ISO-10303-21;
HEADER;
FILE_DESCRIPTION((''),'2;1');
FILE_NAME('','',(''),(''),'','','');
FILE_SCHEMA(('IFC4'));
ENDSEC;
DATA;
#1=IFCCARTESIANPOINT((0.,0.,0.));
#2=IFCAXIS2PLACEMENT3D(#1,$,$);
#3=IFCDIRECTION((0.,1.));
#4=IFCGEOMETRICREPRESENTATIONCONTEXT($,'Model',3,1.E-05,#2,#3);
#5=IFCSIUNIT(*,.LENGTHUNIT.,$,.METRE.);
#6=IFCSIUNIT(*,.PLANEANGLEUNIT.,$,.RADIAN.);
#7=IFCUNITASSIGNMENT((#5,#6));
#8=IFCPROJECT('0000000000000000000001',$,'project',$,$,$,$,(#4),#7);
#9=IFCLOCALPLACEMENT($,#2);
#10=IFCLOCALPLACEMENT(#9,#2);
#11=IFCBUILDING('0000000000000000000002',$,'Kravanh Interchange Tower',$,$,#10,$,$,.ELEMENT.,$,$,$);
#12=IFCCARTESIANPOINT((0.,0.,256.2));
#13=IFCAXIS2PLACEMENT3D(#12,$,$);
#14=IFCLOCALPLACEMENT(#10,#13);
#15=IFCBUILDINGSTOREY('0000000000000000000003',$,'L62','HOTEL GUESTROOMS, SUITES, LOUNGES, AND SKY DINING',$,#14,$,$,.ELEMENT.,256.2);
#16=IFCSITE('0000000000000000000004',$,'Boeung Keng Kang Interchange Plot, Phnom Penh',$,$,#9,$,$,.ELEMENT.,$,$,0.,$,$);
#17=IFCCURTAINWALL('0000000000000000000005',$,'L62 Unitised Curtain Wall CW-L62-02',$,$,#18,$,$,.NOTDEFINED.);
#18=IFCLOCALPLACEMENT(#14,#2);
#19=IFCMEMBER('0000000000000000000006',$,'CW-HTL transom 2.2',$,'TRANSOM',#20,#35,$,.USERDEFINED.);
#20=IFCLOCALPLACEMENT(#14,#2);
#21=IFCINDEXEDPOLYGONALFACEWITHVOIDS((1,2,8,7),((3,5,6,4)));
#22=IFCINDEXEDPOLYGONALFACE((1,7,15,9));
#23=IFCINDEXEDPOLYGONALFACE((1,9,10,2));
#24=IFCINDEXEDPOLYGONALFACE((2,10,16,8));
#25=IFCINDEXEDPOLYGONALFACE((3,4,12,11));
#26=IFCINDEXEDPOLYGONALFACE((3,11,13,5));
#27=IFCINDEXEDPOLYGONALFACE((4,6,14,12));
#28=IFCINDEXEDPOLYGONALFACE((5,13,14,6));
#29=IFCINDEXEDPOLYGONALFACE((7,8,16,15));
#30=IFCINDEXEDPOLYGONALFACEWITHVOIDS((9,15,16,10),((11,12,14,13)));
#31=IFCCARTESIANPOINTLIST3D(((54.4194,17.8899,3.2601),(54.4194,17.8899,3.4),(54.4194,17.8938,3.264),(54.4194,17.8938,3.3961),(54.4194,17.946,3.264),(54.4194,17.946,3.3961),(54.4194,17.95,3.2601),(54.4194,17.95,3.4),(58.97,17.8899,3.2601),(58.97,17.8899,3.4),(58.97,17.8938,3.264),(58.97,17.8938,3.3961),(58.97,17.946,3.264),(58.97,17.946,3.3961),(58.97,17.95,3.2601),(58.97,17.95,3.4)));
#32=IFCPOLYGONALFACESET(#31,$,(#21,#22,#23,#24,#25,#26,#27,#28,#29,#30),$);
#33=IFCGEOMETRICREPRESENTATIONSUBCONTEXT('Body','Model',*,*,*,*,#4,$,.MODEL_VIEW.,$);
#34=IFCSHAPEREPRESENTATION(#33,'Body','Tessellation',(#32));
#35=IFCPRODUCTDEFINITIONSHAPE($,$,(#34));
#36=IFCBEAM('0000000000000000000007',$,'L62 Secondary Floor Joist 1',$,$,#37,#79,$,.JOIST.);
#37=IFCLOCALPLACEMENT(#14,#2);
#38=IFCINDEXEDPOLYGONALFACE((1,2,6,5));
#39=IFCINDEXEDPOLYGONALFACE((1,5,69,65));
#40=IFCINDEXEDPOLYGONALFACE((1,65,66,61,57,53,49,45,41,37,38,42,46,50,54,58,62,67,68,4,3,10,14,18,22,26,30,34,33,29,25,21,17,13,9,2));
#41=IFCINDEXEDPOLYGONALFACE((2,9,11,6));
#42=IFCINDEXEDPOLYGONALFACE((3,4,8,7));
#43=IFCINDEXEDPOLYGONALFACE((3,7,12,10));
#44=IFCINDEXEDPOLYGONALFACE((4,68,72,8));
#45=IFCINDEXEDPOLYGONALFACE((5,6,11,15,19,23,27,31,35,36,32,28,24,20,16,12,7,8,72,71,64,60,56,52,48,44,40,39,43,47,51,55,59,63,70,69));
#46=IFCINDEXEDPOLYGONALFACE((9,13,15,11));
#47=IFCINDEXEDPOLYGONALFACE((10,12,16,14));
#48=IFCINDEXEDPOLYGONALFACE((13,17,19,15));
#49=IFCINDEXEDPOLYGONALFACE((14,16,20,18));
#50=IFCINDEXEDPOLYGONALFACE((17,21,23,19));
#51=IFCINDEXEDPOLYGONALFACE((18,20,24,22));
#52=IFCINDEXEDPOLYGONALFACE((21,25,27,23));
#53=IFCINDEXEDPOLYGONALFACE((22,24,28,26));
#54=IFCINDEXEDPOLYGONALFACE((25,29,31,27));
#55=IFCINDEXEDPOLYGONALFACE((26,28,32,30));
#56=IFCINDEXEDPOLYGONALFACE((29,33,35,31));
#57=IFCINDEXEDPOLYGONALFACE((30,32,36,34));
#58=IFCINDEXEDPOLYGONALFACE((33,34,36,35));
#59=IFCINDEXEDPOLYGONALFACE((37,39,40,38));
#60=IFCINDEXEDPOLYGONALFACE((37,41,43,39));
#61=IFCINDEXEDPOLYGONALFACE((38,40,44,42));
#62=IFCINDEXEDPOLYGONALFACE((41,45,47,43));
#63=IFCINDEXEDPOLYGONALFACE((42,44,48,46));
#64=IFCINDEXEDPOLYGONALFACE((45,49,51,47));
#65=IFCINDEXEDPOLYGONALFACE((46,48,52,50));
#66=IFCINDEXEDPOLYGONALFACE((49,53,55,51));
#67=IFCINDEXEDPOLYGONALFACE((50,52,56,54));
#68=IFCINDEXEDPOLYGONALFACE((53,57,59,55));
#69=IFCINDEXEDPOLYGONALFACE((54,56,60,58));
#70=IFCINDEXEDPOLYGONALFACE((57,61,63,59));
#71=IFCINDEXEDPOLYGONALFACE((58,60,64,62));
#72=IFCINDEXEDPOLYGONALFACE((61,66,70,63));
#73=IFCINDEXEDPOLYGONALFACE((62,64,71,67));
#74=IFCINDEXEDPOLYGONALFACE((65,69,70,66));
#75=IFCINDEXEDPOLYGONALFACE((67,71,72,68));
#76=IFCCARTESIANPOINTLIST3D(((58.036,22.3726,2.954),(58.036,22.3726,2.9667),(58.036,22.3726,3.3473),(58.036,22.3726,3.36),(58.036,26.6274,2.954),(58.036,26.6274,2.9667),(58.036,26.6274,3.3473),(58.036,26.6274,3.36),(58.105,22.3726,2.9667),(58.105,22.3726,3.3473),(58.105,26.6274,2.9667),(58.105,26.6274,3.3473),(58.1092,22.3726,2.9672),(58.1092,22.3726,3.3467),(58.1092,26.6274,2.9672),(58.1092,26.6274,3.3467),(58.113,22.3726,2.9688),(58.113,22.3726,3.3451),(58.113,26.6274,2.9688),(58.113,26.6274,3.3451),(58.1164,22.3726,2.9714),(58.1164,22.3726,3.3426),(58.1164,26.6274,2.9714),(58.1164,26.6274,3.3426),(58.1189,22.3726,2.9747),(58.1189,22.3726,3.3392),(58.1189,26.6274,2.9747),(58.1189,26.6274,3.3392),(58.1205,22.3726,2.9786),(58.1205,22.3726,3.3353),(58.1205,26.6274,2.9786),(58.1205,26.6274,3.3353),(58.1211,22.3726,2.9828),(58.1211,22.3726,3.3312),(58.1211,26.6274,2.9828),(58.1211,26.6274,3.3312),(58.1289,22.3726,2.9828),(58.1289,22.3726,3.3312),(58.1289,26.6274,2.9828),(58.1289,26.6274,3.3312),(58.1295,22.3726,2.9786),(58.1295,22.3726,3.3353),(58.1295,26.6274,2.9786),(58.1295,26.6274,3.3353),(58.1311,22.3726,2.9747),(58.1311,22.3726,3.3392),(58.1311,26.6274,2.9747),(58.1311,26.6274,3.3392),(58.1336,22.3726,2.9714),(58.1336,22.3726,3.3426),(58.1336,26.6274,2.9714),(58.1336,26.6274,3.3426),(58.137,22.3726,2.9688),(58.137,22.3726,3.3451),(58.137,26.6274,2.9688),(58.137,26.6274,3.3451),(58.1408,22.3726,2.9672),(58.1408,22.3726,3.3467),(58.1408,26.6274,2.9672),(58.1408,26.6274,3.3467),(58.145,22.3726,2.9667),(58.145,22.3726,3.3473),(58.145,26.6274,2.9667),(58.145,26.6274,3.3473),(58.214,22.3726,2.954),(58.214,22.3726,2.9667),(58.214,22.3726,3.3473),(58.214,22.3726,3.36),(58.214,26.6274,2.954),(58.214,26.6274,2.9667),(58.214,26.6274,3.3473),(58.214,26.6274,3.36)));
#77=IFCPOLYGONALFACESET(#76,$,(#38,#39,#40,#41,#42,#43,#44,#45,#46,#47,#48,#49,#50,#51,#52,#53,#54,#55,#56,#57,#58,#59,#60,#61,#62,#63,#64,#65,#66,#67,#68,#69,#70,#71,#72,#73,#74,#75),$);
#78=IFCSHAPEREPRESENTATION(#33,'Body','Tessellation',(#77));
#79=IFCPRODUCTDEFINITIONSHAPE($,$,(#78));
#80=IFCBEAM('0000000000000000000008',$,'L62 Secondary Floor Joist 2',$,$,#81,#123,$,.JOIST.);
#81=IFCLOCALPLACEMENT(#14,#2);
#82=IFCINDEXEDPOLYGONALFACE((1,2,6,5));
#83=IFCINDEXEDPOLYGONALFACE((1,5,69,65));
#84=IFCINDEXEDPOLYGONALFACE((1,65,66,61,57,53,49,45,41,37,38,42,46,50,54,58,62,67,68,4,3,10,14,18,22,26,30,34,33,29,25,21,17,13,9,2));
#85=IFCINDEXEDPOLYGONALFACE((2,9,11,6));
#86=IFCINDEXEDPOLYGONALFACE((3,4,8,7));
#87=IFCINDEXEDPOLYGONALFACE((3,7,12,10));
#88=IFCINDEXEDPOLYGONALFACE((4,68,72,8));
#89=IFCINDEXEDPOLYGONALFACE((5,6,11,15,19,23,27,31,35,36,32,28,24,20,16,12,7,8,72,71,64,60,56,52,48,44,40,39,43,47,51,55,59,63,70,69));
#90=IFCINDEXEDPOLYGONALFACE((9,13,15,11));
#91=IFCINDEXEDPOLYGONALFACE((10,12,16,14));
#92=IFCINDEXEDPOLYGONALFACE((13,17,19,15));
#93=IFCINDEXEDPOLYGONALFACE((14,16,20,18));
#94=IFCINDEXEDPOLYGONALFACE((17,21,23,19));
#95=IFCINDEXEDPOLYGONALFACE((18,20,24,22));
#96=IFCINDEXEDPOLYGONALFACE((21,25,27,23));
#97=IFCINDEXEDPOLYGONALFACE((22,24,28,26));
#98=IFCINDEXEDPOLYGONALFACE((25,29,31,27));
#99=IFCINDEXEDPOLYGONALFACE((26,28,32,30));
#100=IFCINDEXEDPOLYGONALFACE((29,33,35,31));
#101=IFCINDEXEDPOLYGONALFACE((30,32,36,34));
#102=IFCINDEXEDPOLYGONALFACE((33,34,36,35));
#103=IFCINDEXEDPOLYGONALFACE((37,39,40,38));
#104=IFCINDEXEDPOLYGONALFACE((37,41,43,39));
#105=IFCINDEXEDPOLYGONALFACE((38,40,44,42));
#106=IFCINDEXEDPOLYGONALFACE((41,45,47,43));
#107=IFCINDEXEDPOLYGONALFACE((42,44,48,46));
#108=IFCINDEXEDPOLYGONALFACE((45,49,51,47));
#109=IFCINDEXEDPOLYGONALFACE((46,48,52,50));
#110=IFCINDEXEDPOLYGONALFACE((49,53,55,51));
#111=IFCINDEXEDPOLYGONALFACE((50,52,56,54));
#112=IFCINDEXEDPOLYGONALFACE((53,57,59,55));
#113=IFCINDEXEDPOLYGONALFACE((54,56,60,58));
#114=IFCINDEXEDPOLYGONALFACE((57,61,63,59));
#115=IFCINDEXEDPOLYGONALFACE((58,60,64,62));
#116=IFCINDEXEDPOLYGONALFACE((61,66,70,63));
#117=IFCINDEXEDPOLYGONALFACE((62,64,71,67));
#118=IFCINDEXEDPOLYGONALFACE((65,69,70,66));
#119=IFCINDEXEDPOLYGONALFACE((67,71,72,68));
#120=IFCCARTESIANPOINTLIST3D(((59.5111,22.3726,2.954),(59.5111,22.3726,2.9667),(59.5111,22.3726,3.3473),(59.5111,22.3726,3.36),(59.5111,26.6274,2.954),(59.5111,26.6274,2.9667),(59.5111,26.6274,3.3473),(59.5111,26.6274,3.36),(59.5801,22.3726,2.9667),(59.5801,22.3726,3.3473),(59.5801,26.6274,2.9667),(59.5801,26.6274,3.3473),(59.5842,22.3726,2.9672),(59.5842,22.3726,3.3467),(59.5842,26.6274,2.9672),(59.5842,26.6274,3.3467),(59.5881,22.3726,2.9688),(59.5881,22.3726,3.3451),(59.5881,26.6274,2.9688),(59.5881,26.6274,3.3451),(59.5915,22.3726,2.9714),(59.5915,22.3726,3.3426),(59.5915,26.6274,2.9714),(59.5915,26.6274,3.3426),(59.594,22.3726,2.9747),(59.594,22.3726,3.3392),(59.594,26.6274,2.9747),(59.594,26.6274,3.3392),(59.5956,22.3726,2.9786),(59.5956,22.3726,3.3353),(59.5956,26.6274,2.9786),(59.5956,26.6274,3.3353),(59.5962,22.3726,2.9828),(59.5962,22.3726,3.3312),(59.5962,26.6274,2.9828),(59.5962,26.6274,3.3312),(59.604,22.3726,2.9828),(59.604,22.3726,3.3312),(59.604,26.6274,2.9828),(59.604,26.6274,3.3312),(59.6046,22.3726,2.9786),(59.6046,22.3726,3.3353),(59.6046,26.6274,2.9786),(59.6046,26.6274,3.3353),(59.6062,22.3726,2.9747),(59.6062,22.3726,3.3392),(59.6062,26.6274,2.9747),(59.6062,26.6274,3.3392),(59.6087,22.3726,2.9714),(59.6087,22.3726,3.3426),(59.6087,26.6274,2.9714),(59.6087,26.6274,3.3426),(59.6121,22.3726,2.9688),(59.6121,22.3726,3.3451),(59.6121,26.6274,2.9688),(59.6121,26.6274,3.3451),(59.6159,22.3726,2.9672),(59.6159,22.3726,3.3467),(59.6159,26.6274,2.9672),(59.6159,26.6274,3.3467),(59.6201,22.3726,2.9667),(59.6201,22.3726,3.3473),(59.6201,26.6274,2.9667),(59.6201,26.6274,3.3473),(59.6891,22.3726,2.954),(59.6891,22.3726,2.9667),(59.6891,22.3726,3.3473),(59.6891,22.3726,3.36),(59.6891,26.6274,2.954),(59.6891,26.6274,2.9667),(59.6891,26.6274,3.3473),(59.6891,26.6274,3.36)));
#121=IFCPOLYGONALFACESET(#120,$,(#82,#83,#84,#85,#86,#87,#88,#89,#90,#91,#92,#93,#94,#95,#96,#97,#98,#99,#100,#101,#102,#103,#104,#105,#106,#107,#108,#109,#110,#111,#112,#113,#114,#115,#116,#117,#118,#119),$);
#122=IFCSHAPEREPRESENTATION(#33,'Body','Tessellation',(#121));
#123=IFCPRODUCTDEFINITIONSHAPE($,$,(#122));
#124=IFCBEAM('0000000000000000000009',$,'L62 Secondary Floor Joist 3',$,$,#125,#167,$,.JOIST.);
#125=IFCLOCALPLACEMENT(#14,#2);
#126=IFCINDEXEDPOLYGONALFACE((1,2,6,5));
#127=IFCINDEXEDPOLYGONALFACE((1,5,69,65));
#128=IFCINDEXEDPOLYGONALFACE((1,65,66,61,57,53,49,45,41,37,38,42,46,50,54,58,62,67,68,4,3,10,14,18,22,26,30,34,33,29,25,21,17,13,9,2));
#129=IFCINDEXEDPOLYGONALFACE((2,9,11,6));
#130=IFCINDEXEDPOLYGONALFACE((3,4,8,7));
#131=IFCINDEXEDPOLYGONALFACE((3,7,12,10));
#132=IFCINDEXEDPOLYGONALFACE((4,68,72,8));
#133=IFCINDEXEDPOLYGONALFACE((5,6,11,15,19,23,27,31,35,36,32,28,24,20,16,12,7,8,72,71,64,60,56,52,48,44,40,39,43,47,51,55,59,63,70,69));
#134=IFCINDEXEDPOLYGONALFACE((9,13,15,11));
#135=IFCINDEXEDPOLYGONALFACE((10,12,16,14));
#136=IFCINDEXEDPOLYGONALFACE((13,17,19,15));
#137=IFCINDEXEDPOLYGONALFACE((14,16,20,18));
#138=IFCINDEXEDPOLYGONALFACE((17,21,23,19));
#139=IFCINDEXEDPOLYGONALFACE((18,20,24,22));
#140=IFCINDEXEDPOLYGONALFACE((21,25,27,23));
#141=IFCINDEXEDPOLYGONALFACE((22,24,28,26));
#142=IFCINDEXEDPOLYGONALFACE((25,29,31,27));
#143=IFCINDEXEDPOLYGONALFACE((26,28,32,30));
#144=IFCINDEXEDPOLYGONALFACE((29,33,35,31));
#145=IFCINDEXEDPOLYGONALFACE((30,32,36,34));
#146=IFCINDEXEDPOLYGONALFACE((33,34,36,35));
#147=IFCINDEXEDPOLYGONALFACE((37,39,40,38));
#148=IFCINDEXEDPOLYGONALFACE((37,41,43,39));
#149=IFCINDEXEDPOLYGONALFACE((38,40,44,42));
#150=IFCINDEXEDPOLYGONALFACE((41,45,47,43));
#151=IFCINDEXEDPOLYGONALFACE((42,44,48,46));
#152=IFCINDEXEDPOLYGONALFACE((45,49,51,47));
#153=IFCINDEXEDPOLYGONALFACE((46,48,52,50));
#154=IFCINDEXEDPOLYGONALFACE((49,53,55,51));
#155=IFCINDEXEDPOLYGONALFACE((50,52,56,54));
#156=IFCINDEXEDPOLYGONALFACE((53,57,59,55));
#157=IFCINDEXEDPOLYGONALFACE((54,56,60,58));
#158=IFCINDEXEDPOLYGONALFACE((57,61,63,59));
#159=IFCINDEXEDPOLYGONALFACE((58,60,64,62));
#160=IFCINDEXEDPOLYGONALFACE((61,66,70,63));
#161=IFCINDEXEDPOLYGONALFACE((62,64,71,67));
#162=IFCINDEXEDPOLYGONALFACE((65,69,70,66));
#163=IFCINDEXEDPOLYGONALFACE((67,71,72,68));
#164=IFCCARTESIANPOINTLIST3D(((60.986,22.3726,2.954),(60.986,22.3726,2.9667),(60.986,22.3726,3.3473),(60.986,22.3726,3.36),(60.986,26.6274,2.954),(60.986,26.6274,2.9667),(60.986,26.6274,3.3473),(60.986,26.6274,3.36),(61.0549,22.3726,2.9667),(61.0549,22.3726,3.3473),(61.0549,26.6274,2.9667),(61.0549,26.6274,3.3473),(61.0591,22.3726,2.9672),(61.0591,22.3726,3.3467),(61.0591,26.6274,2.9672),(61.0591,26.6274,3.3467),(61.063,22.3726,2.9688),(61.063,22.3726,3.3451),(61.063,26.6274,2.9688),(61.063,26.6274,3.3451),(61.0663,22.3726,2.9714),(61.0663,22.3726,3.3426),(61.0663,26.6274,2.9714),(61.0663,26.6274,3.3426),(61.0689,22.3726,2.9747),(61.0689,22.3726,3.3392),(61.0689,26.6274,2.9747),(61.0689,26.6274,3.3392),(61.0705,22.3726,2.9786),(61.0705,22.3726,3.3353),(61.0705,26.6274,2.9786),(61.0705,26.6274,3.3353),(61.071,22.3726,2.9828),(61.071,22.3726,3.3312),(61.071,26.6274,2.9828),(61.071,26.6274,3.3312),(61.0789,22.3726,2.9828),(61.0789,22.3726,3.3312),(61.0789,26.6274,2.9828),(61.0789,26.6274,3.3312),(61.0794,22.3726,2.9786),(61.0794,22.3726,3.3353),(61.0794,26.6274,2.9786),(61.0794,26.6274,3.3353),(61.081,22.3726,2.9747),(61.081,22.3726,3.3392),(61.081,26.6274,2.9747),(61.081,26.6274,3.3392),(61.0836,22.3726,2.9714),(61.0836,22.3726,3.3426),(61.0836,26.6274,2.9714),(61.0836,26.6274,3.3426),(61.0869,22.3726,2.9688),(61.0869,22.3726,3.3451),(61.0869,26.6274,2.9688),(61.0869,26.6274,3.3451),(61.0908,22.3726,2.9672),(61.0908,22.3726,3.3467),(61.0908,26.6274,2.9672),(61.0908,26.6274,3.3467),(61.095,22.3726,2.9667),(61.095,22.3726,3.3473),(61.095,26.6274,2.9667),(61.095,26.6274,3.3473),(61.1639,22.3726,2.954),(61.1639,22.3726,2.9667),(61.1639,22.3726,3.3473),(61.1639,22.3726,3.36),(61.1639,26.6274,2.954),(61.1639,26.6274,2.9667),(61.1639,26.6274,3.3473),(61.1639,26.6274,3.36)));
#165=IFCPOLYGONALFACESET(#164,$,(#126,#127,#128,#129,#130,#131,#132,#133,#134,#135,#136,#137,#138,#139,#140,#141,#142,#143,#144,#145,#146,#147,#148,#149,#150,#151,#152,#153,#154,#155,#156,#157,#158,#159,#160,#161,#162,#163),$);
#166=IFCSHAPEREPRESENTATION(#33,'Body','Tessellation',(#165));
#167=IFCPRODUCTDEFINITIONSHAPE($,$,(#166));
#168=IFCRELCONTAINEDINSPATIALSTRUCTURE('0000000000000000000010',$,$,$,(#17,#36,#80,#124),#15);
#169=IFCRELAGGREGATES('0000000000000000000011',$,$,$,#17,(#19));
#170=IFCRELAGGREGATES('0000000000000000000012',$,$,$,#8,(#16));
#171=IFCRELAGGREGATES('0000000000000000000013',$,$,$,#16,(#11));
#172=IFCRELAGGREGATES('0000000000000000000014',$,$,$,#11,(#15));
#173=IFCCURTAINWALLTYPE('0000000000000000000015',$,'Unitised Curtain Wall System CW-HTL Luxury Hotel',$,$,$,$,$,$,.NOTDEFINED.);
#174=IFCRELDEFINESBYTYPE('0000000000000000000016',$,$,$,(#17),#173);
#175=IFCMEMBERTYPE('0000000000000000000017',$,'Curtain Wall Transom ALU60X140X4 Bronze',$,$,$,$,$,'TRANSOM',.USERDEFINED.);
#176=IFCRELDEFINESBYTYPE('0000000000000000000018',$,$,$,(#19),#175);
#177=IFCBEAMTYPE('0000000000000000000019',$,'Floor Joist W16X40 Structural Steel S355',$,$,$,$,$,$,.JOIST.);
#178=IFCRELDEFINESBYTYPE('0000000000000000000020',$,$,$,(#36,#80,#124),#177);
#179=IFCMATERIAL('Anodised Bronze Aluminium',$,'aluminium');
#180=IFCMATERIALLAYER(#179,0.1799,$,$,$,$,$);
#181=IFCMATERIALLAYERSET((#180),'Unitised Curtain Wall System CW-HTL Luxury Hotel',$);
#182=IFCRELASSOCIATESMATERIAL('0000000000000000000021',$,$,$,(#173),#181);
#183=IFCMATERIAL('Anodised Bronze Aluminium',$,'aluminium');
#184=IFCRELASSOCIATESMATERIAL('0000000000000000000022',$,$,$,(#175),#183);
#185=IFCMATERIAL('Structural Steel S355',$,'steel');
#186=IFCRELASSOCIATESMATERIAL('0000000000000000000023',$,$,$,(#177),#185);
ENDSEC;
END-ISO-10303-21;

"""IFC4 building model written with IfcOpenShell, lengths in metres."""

from ifc_helpers import new_model, si_unit, direction, frame, origin, origin_2d, place, context, subcontext, project, spatial, hollow_rectangle, i_section, extrude, material, layer, layer_set, material_profile, profile_set, type_object, element, aggregate, save


model = new_model("IFC4")

# Units and contexts
model_context = context("Model", 3, precision=1e-05, world=origin(), true_north=direction((0.0, 1.0)))
body_context = subcontext(model_context, "Body", "Model", "MODEL_VIEW")
ifc_project = project(units=[si_unit("LENGTHUNIT", "METRE"), si_unit("PLANEANGLEUNIT", "RADIAN")], contexts=[model_context])

# Site, building, storey
site_placement = place(None, origin())
site = spatial("IfcSite", under=ifc_project, at=site_placement, Name="Boeung Keng Kang Interchange Plot, Phnom Penh", CompositionType="ELEMENT", RefElevation=0.0)
building_placement = place(site_placement, origin())
building = spatial("IfcBuilding", under=site, at=building_placement, Name="Kravanh Interchange Tower", CompositionType="ELEMENT")
storey_placement = place(building_placement, frame((0.0, 0.0, 256.2)))
storey = spatial("IfcBuildingStorey", under=building, at=storey_placement, Name="L62", Description="HOTEL GUESTROOMS, SUITES, LOUNGES, AND SKY DINING", CompositionType="ELEMENT", Elevation=256.2)

# Curtain wall
ifc_material_1 = material(Name="Anodised Bronze Aluminium", Category="aluminium")
ifc_layer_1 = layer(ifc_material_1, 0.1799)
ifc_layer_set_1 = layer_set([ifc_layer_1], Name="Unitised Curtain Wall System CW-HTL Luxury Hotel")
curtain_wall_type = type_object("IfcCurtainWallType", Name="Unitised Curtain Wall System CW-HTL Luxury Hotel", PredefinedType="NOTDEFINED", material=ifc_layer_set_1)
curtain_wall_1_placement = place(storey_placement, origin())
curtain_wall_1 = element("IfcCurtainWall", 1, at=curtain_wall_1_placement, inside=storey, type_object=curtain_wall_type, Name="L62 Unitised Curtain Wall CW-L62-02", PredefinedType="NOTDEFINED")

# Member
ifc_material_2 = material(Name="Anodised Bronze Aluminium", Category="aluminium")
ifc_material_profile_1 = material_profile(ifc_material_2, hollow_rectangle(XDim=0.0601, YDim=0.1399, WallThickness=0.0039, at=origin_2d()), Name="ALU60X140X4")
ifc_profile_set_1 = profile_set([ifc_material_profile_1], Name="Anodised Bronze Aluminium")
member_type_1 = type_object("IfcMemberType", Name="Curtain Wall Transom ALU60X140X4 Bronze", ElementType="TRANSOM", PredefinedType="USERDEFINED", material=ifc_profile_set_1)
member_1_placement = place(storey_placement, frame((58.97, 17.9199, 3.3301), z_axis=(-1.0, 0.0, 0.0), x_axis=(0.0, -1.0, 0.0)))
member_1 = element("IfcMember", 2, at=member_1_placement, type_object=member_type_1, Name="CW-HTL transom 2.2", ObjectType="TRANSOM", PredefinedType="USERDEFINED", context=body_context, shape_type="SweptSolid", body=[
    extrude(hollow_rectangle(XDim=0.0601, YDim=0.1399, WallThickness=0.0039, at=origin_2d()), origin(), (0.0, 0.0, 1.0), 4.5505),
])

# Beams
ifc_material_3 = material(Name="Structural Steel S355", Category="steel")
ifc_material_profile_2 = material_profile(ifc_material_3, i_section(OverallWidth=0.178, OverallDepth=0.406, WebThickness=0.0078, FlangeThickness=0.0127, FilletRadius=0.0161, at=origin_2d()), Name="W16X40")
ifc_profile_set_2 = profile_set([ifc_material_profile_2], Name="Structural Steel S355")
beam_type_1 = type_object("IfcBeamType", Name="Floor Joist W16X40 Structural Steel S355", PredefinedType="JOIST", material=ifc_profile_set_2)
for number, where, z_axis, x_axis, name in (
    (3, (58.125, 22.3726, 3.157), (0.0, 1.0, 0.0), (-1.0, 0.0, 0.0), "L62 Secondary Floor Joist 1"),
    (4, (59.6001, 22.3726, 3.157), (0.0, 1.0, 0.0), (-1.0, 0.0, 0.0), "L62 Secondary Floor Joist 2"),
    (5, (61.075, 22.3726, 3.157), (0.0, 1.0, 0.0), (-1.0, 0.0, 0.0), "L62 Secondary Floor Joist 3"),
):
    element("IfcBeam", number, at=place(storey_placement, frame(where, z_axis=z_axis, x_axis=x_axis)), inside=storey, type_object=beam_type_1, Name=name, PredefinedType="JOIST", context=body_context, shape_type="SweptSolid", body=[
        extrude(i_section(OverallWidth=0.178, OverallDepth=0.406, WebThickness=0.0078, FlangeThickness=0.0127, FilletRadius=0.0161, at=origin_2d()), origin(), (0.0, 0.0, 1.0), 4.2549),
    ])

aggregate(curtain_wall_1, [member_1])

save(model, "model.ifc")
